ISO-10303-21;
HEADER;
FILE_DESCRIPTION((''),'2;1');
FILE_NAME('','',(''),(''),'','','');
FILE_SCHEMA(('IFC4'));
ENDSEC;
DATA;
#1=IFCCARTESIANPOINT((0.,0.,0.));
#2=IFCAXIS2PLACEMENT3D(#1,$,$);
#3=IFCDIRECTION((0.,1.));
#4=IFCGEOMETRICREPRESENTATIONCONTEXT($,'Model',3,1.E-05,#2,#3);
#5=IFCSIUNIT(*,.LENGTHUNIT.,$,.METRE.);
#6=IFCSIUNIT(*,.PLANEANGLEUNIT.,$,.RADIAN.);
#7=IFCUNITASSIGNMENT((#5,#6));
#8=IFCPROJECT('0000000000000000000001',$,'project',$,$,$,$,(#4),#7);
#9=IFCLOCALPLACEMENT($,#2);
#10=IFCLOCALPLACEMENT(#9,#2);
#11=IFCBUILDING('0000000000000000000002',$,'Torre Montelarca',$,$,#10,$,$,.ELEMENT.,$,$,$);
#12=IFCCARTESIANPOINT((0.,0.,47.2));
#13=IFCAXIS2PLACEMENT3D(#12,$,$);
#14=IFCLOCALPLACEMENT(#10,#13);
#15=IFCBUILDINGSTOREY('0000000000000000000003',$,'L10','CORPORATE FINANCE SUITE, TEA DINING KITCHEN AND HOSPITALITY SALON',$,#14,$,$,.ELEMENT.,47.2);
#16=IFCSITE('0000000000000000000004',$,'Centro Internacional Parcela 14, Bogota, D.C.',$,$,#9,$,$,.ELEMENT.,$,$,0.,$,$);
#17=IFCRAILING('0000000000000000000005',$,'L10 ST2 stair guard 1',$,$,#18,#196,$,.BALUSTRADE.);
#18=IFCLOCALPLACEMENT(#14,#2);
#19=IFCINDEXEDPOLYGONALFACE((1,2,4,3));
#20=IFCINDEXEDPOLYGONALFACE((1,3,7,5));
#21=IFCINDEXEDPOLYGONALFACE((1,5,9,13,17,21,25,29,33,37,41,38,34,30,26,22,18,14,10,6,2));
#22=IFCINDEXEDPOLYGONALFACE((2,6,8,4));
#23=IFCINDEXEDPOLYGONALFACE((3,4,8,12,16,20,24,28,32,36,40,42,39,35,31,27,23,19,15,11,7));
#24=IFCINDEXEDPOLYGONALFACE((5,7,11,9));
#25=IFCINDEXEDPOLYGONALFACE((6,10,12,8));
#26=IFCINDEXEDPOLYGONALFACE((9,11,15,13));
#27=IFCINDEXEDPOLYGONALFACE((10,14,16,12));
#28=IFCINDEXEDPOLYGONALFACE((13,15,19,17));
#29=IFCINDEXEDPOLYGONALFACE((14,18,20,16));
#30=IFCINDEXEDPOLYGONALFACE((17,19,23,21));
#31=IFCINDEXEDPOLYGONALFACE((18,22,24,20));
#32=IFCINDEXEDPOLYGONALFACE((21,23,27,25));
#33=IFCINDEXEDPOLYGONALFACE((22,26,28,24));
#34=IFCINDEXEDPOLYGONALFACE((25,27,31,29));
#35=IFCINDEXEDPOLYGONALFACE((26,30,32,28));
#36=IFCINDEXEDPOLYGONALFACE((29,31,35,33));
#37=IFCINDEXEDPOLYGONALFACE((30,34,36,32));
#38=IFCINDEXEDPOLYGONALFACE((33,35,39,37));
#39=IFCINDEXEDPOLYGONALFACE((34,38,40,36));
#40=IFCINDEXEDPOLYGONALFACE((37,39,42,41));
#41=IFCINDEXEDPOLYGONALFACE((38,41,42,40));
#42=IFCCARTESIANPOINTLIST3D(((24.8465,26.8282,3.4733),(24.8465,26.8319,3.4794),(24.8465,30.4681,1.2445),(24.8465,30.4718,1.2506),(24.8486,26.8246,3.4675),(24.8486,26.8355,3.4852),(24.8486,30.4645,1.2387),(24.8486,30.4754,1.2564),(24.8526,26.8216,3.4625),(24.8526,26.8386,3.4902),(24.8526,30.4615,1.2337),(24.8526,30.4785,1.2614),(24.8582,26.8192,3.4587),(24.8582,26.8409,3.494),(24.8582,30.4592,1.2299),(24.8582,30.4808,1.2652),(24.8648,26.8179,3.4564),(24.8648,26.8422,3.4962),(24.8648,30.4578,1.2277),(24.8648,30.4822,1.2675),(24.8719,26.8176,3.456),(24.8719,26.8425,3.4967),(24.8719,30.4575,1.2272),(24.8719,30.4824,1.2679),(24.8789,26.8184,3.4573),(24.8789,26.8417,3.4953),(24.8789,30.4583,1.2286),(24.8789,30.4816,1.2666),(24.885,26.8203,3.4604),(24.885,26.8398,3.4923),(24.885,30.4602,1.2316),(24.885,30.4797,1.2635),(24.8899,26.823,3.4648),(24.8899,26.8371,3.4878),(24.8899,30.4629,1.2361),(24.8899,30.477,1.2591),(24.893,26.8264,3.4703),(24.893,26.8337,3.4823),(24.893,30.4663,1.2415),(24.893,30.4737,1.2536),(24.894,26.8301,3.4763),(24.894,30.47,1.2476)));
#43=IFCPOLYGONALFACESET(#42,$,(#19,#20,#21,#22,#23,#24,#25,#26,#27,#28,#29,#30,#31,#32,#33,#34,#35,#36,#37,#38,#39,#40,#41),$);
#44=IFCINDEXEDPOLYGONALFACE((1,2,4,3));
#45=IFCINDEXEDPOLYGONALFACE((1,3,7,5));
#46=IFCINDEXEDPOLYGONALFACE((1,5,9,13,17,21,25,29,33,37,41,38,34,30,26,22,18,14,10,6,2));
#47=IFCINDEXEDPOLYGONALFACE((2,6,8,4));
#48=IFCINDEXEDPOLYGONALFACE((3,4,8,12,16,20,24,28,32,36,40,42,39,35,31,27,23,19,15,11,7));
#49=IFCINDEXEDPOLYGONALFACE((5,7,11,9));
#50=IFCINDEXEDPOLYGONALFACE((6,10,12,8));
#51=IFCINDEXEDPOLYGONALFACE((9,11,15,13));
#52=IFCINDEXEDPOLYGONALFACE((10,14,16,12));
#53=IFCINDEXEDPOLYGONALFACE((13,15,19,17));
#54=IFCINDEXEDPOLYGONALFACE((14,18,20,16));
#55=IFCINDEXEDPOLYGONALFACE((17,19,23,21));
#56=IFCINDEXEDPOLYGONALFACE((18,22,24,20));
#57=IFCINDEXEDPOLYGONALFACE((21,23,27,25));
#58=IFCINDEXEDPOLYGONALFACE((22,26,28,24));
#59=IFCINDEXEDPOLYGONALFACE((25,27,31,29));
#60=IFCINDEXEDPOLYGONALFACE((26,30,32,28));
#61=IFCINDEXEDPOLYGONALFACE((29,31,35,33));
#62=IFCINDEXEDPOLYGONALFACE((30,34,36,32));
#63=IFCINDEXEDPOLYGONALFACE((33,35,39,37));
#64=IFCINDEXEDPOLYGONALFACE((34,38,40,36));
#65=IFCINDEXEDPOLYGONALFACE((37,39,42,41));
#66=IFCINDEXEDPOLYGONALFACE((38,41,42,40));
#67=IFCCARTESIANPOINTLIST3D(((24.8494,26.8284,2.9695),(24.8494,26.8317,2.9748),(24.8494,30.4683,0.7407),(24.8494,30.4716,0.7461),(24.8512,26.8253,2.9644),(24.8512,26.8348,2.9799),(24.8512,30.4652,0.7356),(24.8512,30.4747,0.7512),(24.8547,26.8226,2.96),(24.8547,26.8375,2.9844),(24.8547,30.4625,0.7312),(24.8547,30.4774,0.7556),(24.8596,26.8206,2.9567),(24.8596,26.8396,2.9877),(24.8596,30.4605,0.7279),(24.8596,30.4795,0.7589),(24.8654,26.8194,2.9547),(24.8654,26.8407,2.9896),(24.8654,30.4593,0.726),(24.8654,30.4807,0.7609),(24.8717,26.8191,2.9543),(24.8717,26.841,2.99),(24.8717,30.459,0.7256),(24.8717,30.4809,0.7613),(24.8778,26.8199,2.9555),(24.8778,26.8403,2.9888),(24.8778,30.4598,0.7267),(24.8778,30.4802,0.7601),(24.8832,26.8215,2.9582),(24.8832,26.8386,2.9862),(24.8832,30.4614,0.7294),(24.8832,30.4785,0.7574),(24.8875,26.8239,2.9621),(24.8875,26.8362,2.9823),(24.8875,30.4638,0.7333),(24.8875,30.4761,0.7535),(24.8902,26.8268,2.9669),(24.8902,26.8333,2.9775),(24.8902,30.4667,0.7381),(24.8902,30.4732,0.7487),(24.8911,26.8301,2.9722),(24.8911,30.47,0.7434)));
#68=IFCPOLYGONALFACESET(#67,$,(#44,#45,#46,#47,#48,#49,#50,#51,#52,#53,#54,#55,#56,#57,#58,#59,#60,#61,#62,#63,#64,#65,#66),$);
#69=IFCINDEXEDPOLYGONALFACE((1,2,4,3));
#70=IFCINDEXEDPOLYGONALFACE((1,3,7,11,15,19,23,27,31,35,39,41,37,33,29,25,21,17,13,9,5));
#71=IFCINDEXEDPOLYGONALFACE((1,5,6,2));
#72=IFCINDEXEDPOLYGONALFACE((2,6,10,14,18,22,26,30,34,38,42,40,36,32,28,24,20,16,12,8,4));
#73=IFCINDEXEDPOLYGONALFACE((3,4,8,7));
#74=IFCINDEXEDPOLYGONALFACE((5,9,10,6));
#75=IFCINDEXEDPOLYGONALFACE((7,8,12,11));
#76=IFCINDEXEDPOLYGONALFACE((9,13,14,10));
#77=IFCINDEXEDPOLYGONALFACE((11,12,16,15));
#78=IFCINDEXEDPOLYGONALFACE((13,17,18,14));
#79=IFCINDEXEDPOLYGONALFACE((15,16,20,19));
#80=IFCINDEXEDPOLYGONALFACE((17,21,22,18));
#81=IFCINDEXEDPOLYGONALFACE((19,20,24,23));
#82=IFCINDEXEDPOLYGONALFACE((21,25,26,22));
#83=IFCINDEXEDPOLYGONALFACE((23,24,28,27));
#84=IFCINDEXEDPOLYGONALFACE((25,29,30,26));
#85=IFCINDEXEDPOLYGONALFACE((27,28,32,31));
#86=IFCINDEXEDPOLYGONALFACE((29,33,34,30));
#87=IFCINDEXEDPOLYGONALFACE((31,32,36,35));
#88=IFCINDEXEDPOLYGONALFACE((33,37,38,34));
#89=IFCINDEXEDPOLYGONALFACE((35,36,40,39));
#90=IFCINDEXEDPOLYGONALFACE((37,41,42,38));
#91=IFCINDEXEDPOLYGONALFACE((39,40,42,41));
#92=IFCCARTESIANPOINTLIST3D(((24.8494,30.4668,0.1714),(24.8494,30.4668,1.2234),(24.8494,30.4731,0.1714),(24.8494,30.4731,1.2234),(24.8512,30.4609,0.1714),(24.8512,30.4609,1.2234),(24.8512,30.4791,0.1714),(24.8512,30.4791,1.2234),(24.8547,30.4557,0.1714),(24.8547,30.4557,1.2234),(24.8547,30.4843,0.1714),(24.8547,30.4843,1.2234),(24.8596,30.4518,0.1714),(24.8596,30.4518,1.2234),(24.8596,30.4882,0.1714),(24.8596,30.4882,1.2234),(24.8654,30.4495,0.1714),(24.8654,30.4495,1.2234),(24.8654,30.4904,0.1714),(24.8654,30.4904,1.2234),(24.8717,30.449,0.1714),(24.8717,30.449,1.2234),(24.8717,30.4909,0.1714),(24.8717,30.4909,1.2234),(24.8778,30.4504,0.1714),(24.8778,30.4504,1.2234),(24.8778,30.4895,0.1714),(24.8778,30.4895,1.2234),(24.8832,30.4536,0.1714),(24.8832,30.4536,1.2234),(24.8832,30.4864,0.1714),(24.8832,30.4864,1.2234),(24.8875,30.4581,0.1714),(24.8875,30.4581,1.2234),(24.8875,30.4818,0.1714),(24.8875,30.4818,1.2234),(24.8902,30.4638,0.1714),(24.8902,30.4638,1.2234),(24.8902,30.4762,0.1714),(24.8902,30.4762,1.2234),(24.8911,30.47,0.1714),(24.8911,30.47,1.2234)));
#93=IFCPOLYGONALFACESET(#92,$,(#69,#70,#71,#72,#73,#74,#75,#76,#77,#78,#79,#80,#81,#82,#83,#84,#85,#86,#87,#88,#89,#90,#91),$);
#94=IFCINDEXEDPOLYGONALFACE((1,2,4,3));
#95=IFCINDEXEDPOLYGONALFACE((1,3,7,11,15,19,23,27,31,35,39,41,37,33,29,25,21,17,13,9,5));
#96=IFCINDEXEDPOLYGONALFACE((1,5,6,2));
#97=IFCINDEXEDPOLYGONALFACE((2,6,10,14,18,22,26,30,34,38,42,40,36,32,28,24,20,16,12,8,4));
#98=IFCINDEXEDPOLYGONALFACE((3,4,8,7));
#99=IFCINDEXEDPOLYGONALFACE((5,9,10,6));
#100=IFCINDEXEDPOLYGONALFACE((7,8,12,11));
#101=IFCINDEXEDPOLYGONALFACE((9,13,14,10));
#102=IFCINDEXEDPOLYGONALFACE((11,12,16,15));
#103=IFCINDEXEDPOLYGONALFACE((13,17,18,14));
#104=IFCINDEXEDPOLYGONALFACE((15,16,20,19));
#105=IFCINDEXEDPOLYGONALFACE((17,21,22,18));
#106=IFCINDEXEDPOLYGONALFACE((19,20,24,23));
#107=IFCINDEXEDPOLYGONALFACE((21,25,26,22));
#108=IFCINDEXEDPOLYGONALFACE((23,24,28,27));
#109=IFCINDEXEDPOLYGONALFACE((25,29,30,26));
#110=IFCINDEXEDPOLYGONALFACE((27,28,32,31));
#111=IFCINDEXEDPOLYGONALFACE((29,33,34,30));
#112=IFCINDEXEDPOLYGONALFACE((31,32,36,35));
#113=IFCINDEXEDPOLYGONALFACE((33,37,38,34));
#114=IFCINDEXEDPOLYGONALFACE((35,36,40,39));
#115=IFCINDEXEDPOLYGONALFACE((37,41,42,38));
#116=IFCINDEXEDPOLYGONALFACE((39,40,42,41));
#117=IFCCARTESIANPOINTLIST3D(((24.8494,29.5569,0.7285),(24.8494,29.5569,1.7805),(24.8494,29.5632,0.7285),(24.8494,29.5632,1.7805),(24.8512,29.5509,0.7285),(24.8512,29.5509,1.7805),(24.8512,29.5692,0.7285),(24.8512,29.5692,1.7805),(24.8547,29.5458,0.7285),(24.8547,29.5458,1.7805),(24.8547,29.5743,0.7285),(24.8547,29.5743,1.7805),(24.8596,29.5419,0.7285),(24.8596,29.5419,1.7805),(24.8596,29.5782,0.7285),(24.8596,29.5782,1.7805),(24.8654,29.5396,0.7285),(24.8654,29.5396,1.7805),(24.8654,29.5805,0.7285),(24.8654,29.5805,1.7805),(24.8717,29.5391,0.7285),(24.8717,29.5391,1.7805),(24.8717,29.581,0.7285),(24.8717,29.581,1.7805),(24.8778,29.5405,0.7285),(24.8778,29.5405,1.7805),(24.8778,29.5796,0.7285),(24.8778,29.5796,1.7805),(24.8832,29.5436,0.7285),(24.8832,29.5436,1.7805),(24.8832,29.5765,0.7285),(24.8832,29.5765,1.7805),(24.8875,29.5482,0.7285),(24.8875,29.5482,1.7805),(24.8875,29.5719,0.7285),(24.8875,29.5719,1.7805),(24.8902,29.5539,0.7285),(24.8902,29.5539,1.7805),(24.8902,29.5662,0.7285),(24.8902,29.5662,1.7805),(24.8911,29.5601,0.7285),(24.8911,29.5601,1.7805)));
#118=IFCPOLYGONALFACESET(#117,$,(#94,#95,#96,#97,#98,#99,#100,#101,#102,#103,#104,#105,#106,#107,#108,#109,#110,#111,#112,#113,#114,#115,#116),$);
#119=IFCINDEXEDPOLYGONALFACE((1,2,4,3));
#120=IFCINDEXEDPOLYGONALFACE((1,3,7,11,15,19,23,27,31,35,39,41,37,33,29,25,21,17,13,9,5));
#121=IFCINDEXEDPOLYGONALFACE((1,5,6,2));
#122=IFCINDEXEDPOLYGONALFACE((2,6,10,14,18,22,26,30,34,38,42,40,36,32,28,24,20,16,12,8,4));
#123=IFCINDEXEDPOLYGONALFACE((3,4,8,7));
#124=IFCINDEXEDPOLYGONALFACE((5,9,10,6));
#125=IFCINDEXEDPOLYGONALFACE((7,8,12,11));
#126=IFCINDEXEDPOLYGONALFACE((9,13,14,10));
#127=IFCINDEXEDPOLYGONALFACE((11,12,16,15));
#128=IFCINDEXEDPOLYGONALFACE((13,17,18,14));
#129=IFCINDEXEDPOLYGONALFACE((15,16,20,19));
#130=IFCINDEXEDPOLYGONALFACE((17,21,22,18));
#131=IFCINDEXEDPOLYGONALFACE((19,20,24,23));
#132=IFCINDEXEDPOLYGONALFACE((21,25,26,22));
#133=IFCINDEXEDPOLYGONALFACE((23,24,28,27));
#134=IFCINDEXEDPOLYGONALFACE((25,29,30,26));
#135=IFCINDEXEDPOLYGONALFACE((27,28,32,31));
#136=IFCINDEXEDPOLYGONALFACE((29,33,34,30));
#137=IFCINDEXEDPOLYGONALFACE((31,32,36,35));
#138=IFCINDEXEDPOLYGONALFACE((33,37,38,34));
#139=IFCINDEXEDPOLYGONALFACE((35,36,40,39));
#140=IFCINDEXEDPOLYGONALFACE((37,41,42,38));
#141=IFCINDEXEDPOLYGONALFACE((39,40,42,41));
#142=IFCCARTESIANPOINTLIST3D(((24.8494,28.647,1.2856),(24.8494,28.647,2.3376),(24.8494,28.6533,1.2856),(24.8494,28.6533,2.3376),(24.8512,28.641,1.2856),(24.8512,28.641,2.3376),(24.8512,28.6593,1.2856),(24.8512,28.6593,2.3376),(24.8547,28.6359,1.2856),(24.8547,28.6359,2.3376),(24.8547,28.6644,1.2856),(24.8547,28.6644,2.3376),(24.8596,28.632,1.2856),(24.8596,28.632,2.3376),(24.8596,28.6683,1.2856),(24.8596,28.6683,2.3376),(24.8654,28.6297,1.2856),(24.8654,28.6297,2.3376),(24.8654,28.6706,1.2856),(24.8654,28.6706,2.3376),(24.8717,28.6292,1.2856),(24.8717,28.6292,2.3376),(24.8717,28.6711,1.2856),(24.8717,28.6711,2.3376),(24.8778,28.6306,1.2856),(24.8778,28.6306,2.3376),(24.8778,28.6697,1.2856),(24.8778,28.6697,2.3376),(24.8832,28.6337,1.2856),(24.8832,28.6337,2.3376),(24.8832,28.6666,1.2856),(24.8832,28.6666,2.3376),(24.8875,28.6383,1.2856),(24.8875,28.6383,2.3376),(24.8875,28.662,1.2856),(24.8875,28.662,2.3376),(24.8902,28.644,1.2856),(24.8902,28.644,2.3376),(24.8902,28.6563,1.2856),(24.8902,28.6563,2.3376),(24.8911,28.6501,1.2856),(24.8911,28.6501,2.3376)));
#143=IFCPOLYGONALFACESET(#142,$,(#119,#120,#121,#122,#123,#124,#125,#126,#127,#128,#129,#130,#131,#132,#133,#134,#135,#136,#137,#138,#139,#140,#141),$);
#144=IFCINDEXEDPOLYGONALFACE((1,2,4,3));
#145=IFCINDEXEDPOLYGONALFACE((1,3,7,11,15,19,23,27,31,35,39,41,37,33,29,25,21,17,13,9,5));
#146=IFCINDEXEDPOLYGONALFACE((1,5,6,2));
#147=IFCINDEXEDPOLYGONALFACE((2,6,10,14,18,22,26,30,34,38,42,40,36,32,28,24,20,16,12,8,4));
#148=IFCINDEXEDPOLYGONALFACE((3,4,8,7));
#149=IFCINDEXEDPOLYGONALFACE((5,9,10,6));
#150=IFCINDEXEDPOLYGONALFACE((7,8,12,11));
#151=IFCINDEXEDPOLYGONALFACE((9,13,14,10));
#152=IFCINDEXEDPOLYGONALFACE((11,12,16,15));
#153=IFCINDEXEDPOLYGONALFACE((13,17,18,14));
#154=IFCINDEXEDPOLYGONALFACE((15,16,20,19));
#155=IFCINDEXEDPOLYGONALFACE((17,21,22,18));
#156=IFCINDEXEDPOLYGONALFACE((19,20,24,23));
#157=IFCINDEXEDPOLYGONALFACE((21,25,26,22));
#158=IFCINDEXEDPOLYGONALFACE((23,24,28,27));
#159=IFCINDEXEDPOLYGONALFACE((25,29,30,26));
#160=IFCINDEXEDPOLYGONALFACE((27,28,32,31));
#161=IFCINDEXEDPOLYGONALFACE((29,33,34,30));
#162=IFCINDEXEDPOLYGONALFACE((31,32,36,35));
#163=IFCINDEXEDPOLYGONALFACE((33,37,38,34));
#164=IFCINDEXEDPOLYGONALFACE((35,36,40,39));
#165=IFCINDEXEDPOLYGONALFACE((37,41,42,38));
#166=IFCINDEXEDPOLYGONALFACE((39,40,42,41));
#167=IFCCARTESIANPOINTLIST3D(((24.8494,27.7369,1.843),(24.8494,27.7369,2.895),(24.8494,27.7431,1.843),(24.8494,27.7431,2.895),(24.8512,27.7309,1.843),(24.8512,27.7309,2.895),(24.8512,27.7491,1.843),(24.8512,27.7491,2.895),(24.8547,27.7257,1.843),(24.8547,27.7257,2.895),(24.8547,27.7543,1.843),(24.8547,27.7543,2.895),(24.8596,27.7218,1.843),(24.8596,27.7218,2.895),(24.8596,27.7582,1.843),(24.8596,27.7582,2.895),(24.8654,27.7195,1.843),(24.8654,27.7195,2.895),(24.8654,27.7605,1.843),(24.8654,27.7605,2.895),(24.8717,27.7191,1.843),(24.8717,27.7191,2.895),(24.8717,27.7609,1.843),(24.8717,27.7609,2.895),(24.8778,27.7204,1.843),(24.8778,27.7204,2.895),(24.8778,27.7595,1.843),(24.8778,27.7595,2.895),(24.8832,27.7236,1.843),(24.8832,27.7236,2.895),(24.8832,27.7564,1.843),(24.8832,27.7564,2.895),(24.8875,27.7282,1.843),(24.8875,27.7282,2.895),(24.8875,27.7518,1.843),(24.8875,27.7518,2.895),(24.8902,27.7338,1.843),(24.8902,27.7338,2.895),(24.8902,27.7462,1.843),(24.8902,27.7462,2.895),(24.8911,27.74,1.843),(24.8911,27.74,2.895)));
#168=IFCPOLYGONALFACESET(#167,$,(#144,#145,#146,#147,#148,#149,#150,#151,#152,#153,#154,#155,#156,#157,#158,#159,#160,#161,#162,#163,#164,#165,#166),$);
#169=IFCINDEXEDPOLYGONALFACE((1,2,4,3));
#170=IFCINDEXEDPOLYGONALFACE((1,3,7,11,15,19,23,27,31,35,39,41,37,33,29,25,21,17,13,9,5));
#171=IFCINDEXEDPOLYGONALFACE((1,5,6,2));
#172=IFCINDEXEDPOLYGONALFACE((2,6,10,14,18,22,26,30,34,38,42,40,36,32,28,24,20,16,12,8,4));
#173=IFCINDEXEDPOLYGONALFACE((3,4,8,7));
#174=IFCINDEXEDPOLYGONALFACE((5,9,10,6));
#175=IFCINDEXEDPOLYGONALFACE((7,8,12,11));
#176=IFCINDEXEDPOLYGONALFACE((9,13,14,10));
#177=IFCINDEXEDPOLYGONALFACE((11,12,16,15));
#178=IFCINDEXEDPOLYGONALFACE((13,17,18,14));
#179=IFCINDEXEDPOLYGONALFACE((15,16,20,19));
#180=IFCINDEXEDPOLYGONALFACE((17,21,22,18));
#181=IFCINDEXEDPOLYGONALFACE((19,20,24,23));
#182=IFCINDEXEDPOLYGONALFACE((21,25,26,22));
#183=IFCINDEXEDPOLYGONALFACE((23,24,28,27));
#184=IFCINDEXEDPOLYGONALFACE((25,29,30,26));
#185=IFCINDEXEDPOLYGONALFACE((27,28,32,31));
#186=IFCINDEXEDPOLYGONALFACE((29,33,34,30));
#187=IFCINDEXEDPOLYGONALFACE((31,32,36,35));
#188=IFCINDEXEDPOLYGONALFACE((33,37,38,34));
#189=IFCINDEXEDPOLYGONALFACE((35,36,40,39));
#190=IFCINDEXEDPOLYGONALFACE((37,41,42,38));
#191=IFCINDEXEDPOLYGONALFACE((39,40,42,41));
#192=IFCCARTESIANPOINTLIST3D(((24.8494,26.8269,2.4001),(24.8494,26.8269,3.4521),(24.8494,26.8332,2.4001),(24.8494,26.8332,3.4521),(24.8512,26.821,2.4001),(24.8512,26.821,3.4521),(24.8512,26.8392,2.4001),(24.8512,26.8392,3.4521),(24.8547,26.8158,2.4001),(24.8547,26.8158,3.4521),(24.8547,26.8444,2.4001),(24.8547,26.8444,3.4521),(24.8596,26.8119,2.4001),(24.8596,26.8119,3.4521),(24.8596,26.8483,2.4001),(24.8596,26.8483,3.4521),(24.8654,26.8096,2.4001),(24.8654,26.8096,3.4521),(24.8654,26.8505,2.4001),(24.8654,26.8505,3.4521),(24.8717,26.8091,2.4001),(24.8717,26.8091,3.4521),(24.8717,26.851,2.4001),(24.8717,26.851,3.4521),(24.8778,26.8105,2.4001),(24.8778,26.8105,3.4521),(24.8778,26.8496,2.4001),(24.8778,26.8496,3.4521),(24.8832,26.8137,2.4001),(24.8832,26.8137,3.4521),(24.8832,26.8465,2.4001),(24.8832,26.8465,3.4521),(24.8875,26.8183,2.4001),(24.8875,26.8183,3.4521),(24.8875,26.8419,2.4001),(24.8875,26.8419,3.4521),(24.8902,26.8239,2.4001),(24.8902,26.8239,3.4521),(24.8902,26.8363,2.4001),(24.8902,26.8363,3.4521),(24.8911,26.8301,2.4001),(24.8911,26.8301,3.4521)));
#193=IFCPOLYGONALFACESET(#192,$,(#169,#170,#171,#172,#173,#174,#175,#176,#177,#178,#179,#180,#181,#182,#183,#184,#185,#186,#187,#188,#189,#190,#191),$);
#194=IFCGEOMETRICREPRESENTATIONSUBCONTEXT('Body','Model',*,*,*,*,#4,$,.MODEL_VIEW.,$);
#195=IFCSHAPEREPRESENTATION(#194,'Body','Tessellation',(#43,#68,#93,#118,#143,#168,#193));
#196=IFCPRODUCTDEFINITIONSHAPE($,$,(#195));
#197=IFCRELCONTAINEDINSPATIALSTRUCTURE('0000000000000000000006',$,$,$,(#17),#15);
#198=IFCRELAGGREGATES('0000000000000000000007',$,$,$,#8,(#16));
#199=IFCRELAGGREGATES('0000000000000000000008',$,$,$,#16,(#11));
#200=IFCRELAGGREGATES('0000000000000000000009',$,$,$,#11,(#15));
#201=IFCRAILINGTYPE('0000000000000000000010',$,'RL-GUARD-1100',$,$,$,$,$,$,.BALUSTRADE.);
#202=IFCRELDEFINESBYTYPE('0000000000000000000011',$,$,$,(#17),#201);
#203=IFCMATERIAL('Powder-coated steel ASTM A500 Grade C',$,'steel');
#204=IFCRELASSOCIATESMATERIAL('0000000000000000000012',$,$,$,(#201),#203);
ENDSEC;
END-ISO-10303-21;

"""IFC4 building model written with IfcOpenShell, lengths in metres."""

from ifc_helpers import new_model, si_unit, direction, frame, origin, origin_2d, place, context, subcontext, project, spatial, circle, extrude, material, type_object, element, save


model = new_model("IFC4")

# Units and contexts
model_context = context("Model", 3, precision=1e-05, world=origin(), true_north=direction((0.0, 1.0)))
body_context = subcontext(model_context, "Body", "Model", "MODEL_VIEW")
ifc_project = project(units=[si_unit("LENGTHUNIT", "METRE"), si_unit("PLANEANGLEUNIT", "RADIAN")], contexts=[model_context])

# Site, building, storey
site_placement = place(None, origin())
site = spatial("IfcSite", under=ifc_project, at=site_placement, Name="Centro Internacional Parcela 14, Bogota, D.C.", CompositionType="ELEMENT", RefElevation=0.0)
building_placement = place(site_placement, origin())
building = spatial("IfcBuilding", under=site, at=building_placement, Name="Torre Montelarca", CompositionType="ELEMENT")
storey_placement = place(building_placement, frame((0.0, 0.0, 47.2)))
storey = spatial("IfcBuildingStorey", under=building, at=storey_placement, Name="L10", Description="CORPORATE FINANCE SUITE, TEA DINING KITCHEN AND HOSPITALITY SALON", CompositionType="ELEMENT", Elevation=47.2)

# Railing
ifc_material_1 = material(Name="Powder-coated steel ASTM A500 Grade C", Category="steel")
railing_type_1 = type_object("IfcRailingType", Name="RL-GUARD-1100", PredefinedType="BALUSTRADE", material=ifc_material_1)
railing_1_placement = place(storey_placement, frame((24.8701, 30.47, 0.1714)))
element("IfcRailing", 1, at=railing_1_placement, inside=storey, type_object=railing_type_1, Name="L10 ST2 stair guard 1", PredefinedType="BALUSTRADE", context=body_context, shape_type="SweptSolid", body=[
    extrude(circle(Radius=0.0239, at=origin_2d()), frame((0.0, 0.0, 1.0762), z_axis=(0.0, -0.852825, 0.522197), x_axis=(1.0, 0.0, 0.0)), (0.0, 0.0, 1.0), 4.2681),
    extrude(circle(Radius=0.021, at=origin_2d()), frame((0.0, 0.0, 0.572), z_axis=(0.0, -0.852825, 0.522197), x_axis=(1.0, 0.0, 0.0)), (0.0, 0.0, 1.0), 4.2681),
    extrude(circle(Radius=0.021, at=origin_2d()), origin(), (0.0, 0.0, 1.0), 1.052),
    extrude(circle(Radius=0.021, at=origin_2d()), frame((0.0, -0.9099, 0.5571)), (0.0, 0.0, 1.0), 1.052),
    extrude(circle(Radius=0.021, at=origin_2d()), frame((0.0, -1.8198, 1.1143)), (0.0, 0.0, 1.0), 1.052),
    extrude(circle(Radius=0.021, at=origin_2d()), frame((0.0, -2.73, 1.6716)), (0.0, 0.0, 1.0), 1.052),
    extrude(circle(Radius=0.021, at=origin_2d()), frame((0.0, -3.6399, 2.2288)), (0.0, 0.0, 1.0), 1.052),
])

save(model, "model.ifc")
